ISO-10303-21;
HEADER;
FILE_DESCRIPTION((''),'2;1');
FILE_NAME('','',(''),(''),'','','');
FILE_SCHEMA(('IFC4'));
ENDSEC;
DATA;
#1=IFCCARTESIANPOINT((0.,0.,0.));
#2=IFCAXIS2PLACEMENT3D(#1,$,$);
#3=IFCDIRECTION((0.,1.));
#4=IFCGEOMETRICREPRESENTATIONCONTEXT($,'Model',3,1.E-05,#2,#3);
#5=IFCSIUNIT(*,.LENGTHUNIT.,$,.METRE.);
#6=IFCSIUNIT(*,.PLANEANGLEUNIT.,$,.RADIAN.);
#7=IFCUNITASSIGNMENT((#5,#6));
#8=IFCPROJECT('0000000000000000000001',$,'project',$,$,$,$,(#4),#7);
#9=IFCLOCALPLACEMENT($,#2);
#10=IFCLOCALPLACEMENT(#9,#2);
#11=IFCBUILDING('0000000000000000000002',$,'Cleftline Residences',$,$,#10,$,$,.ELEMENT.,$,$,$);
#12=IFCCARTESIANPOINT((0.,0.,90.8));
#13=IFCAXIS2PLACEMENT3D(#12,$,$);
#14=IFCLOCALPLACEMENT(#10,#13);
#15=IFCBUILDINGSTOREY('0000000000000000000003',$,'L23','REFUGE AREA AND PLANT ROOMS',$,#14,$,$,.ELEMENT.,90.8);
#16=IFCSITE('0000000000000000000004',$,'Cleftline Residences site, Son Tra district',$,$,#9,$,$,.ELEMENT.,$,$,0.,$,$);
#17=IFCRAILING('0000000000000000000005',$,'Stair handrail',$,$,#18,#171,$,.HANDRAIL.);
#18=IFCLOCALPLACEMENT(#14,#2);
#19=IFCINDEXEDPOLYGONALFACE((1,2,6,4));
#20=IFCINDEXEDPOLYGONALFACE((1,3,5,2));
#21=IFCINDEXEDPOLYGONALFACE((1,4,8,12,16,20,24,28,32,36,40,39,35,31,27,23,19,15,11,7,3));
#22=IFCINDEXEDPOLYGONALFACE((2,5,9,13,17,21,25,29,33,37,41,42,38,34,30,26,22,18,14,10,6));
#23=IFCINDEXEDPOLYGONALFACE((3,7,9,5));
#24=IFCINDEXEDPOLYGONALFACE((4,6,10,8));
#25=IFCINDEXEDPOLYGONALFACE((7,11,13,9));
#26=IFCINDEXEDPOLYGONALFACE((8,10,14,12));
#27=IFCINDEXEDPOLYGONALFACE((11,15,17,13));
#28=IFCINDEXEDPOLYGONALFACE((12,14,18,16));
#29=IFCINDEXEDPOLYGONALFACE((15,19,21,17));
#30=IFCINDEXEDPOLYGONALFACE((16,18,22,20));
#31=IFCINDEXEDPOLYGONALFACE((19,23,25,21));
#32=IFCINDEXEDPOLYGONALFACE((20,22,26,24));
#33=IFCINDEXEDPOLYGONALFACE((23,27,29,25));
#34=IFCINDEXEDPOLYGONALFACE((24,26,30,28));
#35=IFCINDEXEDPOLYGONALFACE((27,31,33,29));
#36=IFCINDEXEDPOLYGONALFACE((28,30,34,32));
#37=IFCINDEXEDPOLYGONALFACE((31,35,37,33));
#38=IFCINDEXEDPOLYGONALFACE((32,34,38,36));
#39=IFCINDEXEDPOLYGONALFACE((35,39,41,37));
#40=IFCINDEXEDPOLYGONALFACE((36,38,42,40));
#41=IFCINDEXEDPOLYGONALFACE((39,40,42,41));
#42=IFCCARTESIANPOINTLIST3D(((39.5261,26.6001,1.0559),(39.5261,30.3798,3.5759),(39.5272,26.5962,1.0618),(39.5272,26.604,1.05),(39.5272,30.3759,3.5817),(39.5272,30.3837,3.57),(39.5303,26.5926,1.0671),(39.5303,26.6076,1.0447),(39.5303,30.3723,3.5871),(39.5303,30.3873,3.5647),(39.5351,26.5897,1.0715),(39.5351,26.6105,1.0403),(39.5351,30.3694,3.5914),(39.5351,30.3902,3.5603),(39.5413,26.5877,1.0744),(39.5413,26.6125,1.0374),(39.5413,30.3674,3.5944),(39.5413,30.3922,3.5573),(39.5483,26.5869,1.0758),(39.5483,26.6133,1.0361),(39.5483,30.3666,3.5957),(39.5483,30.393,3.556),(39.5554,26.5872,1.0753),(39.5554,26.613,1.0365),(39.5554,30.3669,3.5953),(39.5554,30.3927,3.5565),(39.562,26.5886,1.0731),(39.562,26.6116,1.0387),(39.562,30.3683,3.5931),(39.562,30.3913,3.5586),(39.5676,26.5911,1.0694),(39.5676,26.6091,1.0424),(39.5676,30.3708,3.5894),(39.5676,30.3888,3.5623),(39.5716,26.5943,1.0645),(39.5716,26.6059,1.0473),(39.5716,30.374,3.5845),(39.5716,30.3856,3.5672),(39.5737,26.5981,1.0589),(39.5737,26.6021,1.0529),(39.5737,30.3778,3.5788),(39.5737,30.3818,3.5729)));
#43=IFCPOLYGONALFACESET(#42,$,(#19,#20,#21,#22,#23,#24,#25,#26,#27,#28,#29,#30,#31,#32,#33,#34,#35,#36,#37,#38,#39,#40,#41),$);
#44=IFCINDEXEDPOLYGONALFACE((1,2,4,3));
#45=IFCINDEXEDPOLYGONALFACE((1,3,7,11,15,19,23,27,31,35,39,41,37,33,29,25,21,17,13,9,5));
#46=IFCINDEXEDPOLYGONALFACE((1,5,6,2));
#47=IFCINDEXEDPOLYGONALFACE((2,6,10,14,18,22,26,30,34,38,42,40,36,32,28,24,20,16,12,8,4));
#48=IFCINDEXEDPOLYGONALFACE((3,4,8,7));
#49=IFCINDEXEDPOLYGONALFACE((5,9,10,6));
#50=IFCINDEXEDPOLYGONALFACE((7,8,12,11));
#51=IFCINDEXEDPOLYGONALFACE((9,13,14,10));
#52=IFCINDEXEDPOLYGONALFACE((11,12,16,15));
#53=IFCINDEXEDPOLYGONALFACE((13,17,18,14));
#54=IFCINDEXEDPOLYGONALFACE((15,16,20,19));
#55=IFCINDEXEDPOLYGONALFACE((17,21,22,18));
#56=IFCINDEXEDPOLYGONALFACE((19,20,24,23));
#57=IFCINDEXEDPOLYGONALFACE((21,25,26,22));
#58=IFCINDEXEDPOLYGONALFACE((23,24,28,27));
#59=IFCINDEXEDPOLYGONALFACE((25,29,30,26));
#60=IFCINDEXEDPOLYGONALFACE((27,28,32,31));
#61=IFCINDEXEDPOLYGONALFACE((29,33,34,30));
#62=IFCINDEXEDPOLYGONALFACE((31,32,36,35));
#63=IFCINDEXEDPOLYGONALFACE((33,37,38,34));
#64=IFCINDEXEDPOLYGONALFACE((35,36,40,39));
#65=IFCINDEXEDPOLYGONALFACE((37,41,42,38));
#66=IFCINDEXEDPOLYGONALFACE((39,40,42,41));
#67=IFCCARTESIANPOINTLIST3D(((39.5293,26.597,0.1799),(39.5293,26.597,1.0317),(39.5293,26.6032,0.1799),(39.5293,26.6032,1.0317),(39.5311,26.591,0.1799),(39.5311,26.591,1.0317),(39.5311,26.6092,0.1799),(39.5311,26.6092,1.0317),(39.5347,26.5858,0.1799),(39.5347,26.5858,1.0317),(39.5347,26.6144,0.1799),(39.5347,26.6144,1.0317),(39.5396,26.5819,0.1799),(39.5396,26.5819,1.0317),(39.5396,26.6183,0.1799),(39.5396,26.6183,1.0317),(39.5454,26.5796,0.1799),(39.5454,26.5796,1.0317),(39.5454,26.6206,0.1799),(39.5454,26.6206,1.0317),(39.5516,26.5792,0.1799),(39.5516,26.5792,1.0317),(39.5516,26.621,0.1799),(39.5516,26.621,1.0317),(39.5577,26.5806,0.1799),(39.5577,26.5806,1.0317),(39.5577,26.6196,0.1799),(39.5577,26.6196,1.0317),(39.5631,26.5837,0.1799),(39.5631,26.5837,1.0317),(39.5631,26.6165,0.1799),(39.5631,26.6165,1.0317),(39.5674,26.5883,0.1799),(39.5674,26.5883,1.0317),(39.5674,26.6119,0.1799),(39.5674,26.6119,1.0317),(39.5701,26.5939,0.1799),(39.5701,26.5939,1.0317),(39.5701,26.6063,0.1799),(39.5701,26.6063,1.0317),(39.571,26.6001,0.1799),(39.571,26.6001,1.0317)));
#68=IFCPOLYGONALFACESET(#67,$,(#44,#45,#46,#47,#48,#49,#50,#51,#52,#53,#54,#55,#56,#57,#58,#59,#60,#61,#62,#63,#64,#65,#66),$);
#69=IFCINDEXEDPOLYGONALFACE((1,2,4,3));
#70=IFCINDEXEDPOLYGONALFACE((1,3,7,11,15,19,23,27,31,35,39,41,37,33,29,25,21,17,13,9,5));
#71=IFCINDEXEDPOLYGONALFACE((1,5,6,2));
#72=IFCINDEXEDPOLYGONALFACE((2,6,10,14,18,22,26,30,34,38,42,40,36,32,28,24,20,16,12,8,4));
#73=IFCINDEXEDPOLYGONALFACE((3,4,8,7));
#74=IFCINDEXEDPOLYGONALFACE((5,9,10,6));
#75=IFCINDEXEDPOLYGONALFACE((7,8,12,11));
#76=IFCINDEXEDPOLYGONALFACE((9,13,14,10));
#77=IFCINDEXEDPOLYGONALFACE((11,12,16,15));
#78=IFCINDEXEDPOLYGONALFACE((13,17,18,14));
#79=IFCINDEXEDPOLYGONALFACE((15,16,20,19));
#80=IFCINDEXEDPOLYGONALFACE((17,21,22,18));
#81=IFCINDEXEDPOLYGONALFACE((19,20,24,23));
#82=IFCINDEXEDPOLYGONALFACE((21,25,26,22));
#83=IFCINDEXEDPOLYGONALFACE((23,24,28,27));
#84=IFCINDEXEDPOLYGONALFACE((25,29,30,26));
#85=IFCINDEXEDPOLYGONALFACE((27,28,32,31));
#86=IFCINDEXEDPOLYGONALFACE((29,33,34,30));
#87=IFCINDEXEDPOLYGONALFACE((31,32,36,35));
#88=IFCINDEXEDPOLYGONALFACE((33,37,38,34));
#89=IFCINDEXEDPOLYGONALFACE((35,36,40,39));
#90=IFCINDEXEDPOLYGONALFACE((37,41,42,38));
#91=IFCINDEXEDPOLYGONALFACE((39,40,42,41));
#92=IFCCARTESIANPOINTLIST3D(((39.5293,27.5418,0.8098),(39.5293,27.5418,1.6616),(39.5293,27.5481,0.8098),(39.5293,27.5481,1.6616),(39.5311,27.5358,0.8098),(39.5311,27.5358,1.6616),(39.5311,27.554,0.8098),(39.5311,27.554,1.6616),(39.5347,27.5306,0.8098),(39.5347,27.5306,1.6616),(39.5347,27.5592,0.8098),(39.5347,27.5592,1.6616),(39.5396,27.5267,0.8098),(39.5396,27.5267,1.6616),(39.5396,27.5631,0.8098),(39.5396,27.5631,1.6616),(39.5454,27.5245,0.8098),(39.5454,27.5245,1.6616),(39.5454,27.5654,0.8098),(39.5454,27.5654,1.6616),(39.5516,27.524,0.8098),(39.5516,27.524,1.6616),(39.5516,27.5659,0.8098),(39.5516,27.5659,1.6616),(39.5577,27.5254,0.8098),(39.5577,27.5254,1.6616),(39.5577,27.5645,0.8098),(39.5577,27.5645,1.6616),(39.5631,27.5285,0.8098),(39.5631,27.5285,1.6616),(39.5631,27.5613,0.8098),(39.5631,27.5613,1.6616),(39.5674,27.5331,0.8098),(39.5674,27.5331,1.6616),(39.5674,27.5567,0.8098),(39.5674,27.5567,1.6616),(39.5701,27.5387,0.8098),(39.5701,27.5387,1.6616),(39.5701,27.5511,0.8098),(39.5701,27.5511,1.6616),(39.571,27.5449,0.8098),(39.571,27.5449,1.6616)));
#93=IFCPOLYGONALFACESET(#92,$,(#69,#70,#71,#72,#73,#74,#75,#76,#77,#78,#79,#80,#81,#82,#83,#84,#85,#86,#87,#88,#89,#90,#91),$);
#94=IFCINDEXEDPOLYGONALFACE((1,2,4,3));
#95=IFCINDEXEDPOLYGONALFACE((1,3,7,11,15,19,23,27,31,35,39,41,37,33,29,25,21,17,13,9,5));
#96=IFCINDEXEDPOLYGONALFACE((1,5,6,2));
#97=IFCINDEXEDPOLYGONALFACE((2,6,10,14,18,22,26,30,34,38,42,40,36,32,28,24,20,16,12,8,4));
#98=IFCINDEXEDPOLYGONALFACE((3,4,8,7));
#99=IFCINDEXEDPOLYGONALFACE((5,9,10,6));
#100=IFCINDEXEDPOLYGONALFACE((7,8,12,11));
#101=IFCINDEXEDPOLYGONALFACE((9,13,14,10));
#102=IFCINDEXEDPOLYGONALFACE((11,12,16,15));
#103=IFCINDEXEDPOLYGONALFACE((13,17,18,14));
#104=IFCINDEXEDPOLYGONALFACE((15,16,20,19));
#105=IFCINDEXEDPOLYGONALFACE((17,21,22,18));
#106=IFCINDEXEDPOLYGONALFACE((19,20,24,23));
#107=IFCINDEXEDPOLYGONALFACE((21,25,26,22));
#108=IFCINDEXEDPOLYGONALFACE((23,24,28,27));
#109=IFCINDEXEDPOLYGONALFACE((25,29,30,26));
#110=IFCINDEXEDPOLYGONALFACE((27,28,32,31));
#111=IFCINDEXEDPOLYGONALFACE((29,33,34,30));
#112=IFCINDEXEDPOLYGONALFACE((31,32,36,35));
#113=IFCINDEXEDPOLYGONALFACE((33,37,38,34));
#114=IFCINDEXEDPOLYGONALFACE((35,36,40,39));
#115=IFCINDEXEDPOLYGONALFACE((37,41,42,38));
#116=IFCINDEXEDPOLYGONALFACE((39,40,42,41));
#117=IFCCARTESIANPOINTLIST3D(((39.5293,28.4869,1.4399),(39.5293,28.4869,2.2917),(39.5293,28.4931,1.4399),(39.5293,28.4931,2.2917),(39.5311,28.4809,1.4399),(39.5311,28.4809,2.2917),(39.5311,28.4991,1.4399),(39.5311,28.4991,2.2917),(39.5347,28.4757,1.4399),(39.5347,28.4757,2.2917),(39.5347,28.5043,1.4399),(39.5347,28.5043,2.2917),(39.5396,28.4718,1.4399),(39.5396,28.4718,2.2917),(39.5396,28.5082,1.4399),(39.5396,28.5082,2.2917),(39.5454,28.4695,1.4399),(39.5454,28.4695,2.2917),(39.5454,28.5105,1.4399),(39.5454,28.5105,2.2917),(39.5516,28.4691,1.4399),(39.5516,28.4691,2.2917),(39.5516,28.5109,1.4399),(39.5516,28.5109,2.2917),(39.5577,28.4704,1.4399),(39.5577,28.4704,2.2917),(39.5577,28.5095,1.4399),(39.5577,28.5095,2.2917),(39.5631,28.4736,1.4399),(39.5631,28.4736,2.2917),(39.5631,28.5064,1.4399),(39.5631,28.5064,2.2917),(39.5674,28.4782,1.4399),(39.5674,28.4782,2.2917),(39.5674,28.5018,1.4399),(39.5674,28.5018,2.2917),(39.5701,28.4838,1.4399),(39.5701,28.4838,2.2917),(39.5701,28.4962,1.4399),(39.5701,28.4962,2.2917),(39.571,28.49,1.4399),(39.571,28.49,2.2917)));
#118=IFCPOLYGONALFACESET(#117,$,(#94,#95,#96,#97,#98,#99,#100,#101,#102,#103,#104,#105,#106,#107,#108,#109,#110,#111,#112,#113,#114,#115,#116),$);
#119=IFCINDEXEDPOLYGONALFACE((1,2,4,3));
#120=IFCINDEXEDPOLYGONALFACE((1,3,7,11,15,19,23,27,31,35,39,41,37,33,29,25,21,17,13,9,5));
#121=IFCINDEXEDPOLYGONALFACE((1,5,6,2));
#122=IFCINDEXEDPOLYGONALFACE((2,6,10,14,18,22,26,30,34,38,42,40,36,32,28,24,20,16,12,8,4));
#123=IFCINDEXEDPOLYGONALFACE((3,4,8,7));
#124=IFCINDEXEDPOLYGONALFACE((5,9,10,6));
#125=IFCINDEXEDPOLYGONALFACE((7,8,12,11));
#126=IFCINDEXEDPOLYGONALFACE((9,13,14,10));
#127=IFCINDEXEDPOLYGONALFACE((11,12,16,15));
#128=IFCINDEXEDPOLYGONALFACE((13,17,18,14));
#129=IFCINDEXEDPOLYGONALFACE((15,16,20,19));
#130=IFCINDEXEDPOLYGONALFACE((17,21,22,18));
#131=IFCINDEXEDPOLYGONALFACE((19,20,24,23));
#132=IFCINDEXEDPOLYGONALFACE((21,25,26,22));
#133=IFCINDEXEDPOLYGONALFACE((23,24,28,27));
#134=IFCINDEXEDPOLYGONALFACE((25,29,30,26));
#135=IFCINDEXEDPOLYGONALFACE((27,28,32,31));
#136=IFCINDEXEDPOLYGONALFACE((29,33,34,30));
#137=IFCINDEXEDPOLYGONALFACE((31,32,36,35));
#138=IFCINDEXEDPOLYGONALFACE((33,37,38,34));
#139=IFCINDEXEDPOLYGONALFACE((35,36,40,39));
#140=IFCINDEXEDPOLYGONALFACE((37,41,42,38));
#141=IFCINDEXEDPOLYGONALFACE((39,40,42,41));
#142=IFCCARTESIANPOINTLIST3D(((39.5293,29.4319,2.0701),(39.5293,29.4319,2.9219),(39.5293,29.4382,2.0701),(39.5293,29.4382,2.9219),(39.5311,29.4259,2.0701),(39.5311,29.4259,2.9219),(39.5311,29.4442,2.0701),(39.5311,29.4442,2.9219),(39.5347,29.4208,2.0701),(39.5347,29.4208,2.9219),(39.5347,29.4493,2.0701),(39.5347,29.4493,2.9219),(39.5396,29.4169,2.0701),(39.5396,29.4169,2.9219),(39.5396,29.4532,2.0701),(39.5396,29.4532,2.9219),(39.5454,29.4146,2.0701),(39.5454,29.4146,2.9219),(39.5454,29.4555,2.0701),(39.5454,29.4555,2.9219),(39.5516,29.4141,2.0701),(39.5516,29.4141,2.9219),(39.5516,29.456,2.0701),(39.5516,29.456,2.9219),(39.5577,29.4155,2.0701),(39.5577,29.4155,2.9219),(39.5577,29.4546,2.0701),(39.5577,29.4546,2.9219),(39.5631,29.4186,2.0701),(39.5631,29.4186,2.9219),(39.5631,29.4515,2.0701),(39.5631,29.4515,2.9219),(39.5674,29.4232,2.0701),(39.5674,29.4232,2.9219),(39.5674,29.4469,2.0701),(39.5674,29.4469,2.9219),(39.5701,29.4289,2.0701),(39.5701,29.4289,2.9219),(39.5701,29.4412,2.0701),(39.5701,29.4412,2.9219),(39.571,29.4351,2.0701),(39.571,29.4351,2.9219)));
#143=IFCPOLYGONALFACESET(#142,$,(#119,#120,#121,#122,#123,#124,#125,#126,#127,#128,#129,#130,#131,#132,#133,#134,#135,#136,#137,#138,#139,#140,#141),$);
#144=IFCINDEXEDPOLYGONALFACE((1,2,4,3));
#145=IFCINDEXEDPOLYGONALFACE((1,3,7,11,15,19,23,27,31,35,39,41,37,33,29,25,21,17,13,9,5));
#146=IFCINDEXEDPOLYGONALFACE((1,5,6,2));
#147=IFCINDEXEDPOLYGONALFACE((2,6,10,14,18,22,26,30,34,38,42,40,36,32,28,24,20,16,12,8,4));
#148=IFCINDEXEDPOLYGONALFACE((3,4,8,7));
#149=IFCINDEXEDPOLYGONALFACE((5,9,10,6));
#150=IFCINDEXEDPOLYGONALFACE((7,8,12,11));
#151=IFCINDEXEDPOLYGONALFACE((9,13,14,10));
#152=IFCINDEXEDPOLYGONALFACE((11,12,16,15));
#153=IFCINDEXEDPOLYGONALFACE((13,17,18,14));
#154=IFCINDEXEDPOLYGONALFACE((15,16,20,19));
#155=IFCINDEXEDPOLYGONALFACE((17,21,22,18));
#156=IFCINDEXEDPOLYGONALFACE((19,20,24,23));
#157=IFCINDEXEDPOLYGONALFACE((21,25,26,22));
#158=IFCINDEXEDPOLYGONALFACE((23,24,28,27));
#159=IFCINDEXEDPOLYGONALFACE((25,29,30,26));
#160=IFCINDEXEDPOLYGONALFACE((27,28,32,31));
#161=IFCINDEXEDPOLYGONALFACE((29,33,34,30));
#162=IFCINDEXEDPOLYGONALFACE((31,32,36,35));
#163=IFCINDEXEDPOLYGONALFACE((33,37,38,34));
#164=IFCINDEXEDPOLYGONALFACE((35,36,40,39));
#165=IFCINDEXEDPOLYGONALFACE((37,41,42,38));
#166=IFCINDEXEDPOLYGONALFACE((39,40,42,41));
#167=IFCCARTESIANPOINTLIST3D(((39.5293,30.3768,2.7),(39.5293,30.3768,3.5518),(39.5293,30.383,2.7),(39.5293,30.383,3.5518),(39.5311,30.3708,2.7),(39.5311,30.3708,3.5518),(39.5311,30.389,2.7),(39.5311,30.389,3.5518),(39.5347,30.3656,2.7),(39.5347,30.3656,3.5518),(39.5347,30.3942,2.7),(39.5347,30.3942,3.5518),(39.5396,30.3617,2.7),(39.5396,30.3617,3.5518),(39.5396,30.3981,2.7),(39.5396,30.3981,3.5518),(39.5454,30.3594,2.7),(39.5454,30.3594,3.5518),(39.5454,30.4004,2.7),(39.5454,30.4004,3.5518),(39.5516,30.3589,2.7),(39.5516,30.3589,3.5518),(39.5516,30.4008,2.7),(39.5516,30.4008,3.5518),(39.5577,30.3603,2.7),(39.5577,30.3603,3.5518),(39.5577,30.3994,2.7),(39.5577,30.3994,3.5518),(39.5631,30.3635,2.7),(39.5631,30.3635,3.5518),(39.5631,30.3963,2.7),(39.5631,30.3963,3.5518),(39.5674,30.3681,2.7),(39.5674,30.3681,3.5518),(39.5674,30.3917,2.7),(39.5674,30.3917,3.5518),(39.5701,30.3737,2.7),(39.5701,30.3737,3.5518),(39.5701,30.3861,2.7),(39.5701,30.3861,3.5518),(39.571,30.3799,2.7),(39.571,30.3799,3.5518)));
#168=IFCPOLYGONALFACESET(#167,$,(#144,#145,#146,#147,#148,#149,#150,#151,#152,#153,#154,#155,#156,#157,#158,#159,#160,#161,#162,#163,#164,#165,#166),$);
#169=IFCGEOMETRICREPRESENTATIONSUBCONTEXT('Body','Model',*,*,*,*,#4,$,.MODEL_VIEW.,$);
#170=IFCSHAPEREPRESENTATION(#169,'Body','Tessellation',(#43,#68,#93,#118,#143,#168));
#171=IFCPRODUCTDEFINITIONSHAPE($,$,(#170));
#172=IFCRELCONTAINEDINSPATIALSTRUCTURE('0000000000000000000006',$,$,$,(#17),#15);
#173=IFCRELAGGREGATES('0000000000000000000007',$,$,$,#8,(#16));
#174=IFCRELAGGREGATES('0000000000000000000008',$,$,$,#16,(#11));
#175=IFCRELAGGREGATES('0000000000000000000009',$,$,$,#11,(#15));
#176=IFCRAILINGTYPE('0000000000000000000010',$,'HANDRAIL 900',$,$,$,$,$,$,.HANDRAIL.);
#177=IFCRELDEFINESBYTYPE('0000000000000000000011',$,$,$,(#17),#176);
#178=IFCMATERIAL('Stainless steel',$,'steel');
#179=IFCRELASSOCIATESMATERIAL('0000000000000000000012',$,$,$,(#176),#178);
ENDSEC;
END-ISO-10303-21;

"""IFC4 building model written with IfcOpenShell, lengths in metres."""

from ifc_helpers import new_model, si_unit, direction, frame, origin, origin_2d, place, context, subcontext, project, spatial, circle, extrude, material, type_object, element, save


model = new_model("IFC4")

# Units and contexts
model_context = context("Model", 3, precision=1e-05, world=origin(), true_north=direction((0.0, 1.0)))
body_context = subcontext(model_context, "Body", "Model", "MODEL_VIEW")
ifc_project = project(units=[si_unit("LENGTHUNIT", "METRE"), si_unit("PLANEANGLEUNIT", "RADIAN")], contexts=[model_context])

# Site, building, storey
site_placement = place(None, origin())
site = spatial("IfcSite", under=ifc_project, at=site_placement, Name="Cleftline Residences site, Son Tra district", CompositionType="ELEMENT", RefElevation=0.0)
building_placement = place(site_placement, origin())
building = spatial("IfcBuilding", under=site, at=building_placement, Name="Cleftline Residences", CompositionType="ELEMENT")
storey_placement = place(building_placement, frame((0.0, 0.0, 90.8)))
storey = spatial("IfcBuildingStorey", under=building, at=storey_placement, Name="L23", Description="REFUGE AREA AND PLANT ROOMS", CompositionType="ELEMENT", Elevation=90.8)

# Railing
ifc_material_1 = material(Name="Stainless steel", Category="steel")
railing_type = type_object("IfcRailingType", Name="HANDRAIL 900", PredefinedType="HANDRAIL", material=ifc_material_1)
railing_1_placement = place(storey_placement, frame((39.55, 26.6001, 0.1799)))
element("IfcRailing", 1, at=railing_1_placement, inside=storey, type_object=railing_type, Name="Stair handrail", PredefinedType="HANDRAIL", context=body_context, shape_type="SweptSolid", body=[
    extrude(circle(Radius=0.0239, at=origin_2d()), frame((0.0, 0.0, 0.876), z_axis=(0.0, 0.832034, 0.554725), x_axis=(-1.0, 0.0, 0.0)), (0.0, 0.0, 1.0), 4.5427),
    extrude(circle(Radius=0.021, at=origin_2d()), origin(), (0.0, 0.0, 1.0), 0.8518),
    extrude(circle(Radius=0.021, at=origin_2d()), frame((0.0, 0.9448, 0.6299)), (0.0, 0.0, 1.0), 0.8518),
    extrude(circle(Radius=0.021, at=origin_2d()), frame((0.0, 1.8899, 1.26)), (0.0, 0.0, 1.0), 0.8518),
    extrude(circle(Radius=0.021, at=origin_2d()), frame((0.0, 2.835, 1.8901)), (0.0, 0.0, 1.0), 0.8518),
    extrude(circle(Radius=0.021, at=origin_2d()), frame((0.0, 3.7798, 2.52)), (0.0, 0.0, 1.0), 0.8518),
])

save(model, "model.ifc")
